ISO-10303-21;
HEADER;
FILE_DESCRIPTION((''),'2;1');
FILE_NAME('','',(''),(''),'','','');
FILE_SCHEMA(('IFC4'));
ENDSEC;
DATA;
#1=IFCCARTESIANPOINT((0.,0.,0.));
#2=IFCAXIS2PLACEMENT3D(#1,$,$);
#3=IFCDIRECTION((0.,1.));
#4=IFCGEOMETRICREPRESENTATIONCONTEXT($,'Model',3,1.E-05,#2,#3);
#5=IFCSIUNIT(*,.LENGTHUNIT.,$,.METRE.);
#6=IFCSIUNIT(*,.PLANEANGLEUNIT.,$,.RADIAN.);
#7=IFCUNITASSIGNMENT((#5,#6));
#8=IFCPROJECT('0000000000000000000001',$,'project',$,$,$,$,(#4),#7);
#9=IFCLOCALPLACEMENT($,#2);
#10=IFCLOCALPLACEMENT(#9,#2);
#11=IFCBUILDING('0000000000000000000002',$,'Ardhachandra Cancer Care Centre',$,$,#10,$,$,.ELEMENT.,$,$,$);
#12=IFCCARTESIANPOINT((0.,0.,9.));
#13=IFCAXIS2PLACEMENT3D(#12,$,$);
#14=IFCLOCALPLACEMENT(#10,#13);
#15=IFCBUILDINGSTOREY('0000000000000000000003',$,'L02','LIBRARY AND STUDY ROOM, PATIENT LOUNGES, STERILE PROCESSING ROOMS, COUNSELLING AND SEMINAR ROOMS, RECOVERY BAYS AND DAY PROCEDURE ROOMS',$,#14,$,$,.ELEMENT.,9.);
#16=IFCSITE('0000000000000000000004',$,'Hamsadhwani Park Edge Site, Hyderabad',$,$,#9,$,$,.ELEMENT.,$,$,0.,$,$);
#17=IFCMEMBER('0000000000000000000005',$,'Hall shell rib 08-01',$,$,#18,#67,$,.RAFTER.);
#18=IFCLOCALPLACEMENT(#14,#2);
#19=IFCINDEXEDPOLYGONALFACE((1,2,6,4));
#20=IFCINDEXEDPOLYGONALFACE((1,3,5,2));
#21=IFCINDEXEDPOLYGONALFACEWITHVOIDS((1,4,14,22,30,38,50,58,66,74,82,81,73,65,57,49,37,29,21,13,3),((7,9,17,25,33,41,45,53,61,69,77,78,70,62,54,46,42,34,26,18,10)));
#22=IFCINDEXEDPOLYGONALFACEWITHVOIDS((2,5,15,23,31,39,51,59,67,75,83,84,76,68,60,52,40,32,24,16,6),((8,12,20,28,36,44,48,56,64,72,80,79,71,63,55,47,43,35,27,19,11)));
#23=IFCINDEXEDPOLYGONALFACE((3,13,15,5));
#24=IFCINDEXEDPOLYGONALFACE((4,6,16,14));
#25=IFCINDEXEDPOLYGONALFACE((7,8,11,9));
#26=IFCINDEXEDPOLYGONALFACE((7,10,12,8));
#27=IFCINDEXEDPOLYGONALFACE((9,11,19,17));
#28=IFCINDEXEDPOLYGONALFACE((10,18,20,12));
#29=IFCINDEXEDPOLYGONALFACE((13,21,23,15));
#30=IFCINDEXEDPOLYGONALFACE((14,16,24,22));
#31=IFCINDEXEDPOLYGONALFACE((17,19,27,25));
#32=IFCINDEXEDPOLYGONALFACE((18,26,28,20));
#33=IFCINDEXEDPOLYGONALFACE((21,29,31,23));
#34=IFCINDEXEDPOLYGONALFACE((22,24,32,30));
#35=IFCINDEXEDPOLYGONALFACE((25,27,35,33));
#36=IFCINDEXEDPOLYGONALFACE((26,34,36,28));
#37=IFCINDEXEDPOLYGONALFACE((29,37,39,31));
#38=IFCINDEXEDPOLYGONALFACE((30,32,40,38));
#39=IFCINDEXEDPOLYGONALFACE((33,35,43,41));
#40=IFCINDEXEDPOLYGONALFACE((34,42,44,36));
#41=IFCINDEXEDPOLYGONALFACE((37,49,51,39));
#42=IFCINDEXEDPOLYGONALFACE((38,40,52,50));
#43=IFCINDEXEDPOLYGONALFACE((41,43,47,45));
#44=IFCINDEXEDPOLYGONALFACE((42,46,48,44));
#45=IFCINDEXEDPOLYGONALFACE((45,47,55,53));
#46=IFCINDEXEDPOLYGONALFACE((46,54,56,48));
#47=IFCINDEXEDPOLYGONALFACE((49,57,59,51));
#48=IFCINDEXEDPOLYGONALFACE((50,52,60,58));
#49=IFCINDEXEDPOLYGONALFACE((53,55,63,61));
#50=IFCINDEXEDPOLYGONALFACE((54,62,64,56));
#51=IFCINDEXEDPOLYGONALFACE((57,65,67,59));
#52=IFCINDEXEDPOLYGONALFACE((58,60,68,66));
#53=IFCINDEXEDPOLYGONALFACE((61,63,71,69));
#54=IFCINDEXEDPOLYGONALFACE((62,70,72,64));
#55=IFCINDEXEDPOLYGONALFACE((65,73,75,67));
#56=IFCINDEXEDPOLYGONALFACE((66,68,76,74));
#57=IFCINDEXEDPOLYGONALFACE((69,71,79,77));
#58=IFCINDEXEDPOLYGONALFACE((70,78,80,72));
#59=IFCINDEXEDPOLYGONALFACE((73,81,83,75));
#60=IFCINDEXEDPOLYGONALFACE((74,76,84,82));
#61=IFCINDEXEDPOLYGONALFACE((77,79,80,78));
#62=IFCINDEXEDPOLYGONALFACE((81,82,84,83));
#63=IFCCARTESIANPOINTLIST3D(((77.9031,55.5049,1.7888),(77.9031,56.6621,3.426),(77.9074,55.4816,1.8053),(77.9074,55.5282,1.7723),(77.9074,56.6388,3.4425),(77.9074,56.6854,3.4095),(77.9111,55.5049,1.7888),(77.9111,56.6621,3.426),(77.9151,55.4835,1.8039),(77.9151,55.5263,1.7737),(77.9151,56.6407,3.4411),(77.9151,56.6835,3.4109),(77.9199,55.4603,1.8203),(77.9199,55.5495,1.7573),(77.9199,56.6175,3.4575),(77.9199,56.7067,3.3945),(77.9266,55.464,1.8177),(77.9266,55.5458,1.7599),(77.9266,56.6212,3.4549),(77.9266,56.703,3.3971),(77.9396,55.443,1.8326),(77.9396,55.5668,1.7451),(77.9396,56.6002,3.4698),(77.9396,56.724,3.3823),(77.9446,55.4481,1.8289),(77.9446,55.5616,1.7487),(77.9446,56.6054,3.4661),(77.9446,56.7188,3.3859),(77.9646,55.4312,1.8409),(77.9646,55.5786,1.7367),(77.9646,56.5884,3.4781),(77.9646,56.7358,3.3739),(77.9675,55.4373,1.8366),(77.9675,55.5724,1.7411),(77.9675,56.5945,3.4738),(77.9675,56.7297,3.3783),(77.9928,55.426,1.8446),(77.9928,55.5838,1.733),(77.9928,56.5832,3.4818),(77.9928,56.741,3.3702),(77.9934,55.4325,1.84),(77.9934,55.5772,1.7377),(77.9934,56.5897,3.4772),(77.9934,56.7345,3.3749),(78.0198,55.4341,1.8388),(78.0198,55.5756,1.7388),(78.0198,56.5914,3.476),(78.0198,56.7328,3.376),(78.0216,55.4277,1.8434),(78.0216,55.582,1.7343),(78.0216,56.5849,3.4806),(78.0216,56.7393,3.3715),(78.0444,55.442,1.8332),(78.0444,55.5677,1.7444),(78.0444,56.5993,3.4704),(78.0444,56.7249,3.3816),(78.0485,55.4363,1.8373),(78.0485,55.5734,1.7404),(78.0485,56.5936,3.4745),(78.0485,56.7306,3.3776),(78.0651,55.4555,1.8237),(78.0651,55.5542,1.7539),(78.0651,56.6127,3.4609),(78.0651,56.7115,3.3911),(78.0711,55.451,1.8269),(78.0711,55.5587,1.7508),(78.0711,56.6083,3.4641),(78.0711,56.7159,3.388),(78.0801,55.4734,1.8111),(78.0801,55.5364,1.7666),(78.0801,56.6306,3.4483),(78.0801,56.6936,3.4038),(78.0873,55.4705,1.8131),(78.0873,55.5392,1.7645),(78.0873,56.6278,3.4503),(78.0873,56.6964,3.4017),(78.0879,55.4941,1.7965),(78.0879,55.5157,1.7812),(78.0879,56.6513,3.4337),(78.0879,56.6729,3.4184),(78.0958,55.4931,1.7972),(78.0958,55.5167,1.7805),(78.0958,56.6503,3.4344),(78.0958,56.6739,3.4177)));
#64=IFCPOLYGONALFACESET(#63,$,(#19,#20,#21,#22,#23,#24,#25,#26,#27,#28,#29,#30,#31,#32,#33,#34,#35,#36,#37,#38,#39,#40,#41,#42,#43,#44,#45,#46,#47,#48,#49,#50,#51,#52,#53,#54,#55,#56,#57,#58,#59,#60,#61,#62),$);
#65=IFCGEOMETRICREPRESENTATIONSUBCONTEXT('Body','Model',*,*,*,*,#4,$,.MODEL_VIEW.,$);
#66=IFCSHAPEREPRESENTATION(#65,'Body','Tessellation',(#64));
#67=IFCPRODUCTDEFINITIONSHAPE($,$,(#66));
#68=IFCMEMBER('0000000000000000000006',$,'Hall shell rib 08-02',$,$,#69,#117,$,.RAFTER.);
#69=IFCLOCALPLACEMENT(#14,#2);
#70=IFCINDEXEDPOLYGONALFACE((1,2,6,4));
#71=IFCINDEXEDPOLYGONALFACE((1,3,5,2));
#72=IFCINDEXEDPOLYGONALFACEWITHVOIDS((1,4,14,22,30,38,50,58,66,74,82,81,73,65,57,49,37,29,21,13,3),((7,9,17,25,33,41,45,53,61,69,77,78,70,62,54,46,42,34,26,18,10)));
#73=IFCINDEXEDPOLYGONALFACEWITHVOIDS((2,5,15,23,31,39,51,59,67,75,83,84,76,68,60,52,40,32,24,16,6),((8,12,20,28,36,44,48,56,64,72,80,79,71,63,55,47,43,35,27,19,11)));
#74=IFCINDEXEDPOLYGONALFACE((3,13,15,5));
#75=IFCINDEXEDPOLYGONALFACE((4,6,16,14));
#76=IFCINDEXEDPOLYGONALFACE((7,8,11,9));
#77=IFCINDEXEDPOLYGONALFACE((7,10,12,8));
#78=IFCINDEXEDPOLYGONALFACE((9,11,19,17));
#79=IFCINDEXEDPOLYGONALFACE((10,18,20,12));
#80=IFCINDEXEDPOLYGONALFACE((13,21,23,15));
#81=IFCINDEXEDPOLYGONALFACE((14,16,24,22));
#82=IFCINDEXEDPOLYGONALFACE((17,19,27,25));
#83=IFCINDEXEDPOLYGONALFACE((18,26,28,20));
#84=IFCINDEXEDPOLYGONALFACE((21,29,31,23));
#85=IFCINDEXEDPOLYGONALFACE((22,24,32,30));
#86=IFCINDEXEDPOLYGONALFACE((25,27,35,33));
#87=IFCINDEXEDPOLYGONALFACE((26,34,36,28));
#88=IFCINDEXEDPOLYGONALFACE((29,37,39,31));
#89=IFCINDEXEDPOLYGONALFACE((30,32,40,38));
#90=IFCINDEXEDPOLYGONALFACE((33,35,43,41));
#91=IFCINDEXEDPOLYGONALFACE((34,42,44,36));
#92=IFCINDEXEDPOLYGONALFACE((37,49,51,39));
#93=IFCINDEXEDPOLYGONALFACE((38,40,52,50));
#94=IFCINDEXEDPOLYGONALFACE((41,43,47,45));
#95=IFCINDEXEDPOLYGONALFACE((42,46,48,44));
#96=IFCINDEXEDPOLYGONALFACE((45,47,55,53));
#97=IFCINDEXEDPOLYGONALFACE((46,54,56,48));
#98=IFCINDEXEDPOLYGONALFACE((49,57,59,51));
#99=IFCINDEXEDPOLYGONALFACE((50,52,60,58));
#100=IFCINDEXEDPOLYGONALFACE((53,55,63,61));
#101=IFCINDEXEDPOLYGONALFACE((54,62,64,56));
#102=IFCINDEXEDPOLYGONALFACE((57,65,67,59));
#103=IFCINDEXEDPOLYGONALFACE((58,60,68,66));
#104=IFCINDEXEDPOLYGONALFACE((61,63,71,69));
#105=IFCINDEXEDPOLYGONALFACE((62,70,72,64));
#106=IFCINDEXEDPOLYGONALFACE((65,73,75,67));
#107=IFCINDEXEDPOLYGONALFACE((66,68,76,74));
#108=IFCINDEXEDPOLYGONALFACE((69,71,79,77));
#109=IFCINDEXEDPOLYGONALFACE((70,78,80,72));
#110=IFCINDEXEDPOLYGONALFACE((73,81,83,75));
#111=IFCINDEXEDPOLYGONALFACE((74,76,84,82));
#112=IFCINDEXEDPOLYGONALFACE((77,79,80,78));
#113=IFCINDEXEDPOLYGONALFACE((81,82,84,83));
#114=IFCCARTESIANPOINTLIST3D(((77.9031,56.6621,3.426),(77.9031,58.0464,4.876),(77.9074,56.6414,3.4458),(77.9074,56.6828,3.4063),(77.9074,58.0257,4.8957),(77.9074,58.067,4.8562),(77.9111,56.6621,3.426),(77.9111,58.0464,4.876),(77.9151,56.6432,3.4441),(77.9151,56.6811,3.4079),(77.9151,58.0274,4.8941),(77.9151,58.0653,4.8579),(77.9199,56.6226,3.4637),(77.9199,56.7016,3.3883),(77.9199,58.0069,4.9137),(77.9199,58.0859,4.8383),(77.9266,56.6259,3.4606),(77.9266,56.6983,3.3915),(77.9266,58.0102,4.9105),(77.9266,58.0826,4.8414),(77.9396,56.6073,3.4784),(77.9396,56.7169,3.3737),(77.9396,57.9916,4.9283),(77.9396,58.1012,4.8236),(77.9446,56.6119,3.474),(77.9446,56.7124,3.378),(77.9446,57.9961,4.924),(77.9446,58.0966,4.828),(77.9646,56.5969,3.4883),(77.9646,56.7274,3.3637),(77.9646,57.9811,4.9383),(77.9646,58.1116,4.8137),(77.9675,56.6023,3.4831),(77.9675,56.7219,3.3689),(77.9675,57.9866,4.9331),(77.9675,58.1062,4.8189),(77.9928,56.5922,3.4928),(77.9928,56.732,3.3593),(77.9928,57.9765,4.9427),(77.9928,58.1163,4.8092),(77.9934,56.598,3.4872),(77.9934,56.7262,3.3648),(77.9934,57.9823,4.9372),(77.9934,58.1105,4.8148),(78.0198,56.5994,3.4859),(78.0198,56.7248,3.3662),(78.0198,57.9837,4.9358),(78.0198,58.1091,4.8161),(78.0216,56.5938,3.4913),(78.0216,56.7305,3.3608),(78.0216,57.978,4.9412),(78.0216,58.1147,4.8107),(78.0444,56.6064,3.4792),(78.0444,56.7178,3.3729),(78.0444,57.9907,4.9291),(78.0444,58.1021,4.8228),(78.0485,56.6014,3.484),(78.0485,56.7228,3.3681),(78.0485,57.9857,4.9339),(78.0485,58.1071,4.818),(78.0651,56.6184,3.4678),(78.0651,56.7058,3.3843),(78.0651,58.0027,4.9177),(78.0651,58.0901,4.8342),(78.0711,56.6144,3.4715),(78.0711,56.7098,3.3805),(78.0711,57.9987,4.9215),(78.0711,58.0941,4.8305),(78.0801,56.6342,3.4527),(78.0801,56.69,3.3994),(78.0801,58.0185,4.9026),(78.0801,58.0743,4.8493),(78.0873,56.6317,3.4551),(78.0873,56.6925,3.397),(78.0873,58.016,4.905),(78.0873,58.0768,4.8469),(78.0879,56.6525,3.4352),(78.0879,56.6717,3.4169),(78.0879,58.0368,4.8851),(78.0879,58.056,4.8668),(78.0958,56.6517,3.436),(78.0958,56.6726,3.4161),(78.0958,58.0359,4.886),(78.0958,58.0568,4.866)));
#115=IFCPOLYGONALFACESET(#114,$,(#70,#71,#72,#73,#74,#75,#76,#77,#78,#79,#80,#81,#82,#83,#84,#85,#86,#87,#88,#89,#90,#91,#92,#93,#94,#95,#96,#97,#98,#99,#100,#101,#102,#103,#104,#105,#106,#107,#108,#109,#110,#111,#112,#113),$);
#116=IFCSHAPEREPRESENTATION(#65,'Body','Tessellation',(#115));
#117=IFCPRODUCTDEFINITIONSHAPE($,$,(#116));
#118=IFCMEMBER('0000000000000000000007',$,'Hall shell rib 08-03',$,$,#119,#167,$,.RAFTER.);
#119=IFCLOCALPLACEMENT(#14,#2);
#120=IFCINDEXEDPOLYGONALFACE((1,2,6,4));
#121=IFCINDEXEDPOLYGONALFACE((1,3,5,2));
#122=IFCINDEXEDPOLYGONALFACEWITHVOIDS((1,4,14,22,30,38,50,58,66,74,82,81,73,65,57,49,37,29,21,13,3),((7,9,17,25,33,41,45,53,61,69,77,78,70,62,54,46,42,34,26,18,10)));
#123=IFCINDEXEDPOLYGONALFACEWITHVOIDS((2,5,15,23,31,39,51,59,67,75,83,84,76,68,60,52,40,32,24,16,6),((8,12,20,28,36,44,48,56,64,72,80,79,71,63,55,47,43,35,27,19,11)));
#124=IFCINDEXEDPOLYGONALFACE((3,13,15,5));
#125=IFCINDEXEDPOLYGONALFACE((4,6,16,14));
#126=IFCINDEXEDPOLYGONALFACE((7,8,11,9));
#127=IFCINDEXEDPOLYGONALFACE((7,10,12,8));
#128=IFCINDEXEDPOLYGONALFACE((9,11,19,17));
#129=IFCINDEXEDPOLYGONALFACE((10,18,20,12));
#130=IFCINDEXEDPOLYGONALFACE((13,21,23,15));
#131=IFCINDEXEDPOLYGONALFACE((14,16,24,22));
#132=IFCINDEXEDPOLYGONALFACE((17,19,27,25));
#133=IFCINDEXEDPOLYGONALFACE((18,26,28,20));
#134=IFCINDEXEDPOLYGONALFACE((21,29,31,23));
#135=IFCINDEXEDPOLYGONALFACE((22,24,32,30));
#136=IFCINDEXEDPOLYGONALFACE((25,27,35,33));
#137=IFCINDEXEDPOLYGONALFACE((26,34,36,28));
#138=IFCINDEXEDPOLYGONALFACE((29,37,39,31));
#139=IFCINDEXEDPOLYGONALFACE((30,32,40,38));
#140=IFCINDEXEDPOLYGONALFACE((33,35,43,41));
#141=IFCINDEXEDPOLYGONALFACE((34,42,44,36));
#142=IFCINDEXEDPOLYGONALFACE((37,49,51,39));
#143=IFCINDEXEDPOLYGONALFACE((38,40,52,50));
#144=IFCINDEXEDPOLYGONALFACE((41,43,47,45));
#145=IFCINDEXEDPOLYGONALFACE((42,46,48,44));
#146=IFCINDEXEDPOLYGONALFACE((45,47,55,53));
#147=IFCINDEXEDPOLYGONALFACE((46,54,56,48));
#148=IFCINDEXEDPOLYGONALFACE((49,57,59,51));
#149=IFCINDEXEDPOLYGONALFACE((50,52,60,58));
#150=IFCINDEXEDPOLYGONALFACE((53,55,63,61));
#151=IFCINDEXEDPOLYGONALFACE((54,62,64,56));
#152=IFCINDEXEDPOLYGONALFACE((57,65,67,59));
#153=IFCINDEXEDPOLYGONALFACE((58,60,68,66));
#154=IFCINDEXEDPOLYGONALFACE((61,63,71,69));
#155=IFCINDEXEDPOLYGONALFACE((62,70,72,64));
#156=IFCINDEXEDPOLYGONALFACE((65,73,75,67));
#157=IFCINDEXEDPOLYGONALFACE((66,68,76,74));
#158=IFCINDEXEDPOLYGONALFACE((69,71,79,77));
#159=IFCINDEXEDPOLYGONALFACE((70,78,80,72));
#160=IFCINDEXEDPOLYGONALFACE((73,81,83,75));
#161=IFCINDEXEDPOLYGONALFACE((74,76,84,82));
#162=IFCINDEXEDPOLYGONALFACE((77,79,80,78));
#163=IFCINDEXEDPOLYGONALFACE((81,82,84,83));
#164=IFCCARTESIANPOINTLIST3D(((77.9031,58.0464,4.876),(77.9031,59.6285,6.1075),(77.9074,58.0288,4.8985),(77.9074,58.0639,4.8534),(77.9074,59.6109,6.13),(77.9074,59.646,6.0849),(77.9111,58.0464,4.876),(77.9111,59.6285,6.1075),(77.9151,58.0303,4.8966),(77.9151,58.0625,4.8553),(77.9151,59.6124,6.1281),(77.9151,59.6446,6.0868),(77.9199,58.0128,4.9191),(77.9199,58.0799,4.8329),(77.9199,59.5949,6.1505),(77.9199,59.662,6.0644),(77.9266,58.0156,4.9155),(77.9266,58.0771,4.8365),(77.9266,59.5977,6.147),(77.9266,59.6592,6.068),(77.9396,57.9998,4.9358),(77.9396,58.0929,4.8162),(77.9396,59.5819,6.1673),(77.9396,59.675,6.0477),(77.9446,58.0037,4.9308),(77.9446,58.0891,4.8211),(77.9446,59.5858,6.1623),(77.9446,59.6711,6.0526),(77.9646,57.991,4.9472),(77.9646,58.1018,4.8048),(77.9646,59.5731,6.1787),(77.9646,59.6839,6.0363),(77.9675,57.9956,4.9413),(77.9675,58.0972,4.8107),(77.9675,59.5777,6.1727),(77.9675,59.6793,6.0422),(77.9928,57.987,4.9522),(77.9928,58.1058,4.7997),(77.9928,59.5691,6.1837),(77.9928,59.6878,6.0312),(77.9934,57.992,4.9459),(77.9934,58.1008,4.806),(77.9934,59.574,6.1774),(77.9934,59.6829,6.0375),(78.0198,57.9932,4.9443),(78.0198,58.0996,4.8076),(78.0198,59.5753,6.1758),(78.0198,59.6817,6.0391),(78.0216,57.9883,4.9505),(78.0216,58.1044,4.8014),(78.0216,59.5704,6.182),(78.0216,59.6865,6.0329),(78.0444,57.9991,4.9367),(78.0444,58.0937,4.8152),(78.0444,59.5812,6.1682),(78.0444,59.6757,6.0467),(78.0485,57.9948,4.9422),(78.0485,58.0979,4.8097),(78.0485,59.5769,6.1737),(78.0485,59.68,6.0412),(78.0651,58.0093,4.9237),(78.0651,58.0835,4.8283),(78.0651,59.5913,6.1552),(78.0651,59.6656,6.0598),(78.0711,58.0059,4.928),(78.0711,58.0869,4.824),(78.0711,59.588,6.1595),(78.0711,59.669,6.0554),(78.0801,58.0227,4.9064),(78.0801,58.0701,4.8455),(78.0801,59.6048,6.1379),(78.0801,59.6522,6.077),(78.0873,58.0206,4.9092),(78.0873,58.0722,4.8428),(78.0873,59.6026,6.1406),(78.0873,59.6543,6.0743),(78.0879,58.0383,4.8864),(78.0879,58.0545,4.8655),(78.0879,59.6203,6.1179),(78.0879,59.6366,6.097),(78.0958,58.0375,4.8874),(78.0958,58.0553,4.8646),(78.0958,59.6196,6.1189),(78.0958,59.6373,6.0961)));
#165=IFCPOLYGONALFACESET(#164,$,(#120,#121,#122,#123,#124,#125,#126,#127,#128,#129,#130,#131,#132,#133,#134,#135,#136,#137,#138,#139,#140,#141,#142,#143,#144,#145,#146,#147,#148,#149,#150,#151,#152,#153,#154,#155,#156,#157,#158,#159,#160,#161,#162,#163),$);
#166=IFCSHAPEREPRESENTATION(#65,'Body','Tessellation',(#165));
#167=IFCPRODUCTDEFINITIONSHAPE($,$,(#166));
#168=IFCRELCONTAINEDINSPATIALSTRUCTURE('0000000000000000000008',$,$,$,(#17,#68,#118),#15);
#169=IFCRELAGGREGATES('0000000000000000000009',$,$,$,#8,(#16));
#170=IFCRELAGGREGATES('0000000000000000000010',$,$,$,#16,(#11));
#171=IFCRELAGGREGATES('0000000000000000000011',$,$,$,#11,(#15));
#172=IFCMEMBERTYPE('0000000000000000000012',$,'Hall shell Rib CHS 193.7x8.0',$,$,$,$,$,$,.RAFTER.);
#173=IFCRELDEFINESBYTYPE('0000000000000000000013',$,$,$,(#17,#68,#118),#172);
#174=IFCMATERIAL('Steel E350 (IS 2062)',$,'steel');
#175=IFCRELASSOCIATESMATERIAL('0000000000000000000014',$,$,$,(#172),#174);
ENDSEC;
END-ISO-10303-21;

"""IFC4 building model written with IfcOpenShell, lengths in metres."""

from ifc_helpers import new_model, si_unit, direction, frame, origin, origin_2d, place, context, subcontext, project, spatial, hollow_circle, extrude, material, material_profile, profile_set, type_object, element, save


model = new_model("IFC4")

# Units and contexts
model_context = context("Model", 3, precision=1e-05, world=origin(), true_north=direction((0.0, 1.0)))
body_context = subcontext(model_context, "Body", "Model", "MODEL_VIEW")
ifc_project = project(units=[si_unit("LENGTHUNIT", "METRE"), si_unit("PLANEANGLEUNIT", "RADIAN")], contexts=[model_context])

# Site, building, storey
site_placement = place(None, origin())
site = spatial("IfcSite", under=ifc_project, at=site_placement, Name="Hamsadhwani Park Edge Site, Hyderabad", CompositionType="ELEMENT", RefElevation=0.0)
building_placement = place(site_placement, origin())
building = spatial("IfcBuilding", under=site, at=building_placement, Name="Ardhachandra Cancer Care Centre", CompositionType="ELEMENT")
storey_placement = place(building_placement, frame((0.0, 0.0, 9.0)))
storey = spatial("IfcBuildingStorey", under=building, at=storey_placement, Name="L02", Description="LIBRARY AND STUDY ROOM, PATIENT LOUNGES, STERILE PROCESSING ROOMS, COUNSELLING AND SEMINAR ROOMS, RECOVERY BAYS AND DAY PROCEDURE ROOMS", CompositionType="ELEMENT", Elevation=9.0)

# Members
ifc_material_1 = material(Name="Steel E350 (IS 2062)", Category="steel")
ifc_material_profile_1 = material_profile(ifc_material_1, hollow_circle(Radius=0.0969, WallThickness=0.0081, at=origin_2d()), Name="CHS 193.7x8.0")
ifc_profile_set_1 = profile_set([ifc_material_profile_1], Name="Steel E350 (IS 2062)")
member_type_1 = type_object("IfcMemberType", Name="Hall shell Rib CHS 193.7x8.0", PredefinedType="RAFTER", material=ifc_profile_set_1)
member_1_placement = place(storey_placement, frame((78.0, 55.5049, 1.7888), z_axis=(0.0, 0.577199, 0.816603), x_axis=(-1.0, 0.0, 0.0)))
element("IfcMember", 1, at=member_1_placement, inside=storey, type_object=member_type_1, Name="Hall shell rib 08-01", PredefinedType="RAFTER", context=body_context, shape_type="SweptSolid", body=[
    extrude(hollow_circle(Radius=0.0969, WallThickness=0.0081, at=origin_2d()), origin(), (0.0, 0.0, 1.0), 2.0049),
])
member_2_placement = place(storey_placement, frame((78.0, 56.6621, 3.426), z_axis=(0.0, 0.690537, 0.723297), x_axis=(-1.0, 0.0, 0.0)))
element("IfcMember", 2, at=member_2_placement, inside=storey, type_object=member_type_1, Name="Hall shell rib 08-02", PredefinedType="RAFTER", context=body_context, shape_type="SweptSolid", body=[
    extrude(hollow_circle(Radius=0.0969, WallThickness=0.0081, at=origin_2d()), origin(), (0.0, 0.0, 1.0), 2.0046),
])
member_3_placement = place(storey_placement, frame((78.0, 58.0464, 4.876), z_axis=(0.0, 0.789116, 0.614244), x_axis=(-1.0, 0.0, 0.0)))
element("IfcMember", 3, at=member_3_placement, inside=storey, type_object=member_type_1, Name="Hall shell rib 08-03", PredefinedType="RAFTER", context=body_context, shape_type="SweptSolid", body=[
    extrude(hollow_circle(Radius=0.0969, WallThickness=0.0081, at=origin_2d()), origin(), (0.0, 0.0, 1.0), 2.0049),
])

save(model, "model.ifc")
